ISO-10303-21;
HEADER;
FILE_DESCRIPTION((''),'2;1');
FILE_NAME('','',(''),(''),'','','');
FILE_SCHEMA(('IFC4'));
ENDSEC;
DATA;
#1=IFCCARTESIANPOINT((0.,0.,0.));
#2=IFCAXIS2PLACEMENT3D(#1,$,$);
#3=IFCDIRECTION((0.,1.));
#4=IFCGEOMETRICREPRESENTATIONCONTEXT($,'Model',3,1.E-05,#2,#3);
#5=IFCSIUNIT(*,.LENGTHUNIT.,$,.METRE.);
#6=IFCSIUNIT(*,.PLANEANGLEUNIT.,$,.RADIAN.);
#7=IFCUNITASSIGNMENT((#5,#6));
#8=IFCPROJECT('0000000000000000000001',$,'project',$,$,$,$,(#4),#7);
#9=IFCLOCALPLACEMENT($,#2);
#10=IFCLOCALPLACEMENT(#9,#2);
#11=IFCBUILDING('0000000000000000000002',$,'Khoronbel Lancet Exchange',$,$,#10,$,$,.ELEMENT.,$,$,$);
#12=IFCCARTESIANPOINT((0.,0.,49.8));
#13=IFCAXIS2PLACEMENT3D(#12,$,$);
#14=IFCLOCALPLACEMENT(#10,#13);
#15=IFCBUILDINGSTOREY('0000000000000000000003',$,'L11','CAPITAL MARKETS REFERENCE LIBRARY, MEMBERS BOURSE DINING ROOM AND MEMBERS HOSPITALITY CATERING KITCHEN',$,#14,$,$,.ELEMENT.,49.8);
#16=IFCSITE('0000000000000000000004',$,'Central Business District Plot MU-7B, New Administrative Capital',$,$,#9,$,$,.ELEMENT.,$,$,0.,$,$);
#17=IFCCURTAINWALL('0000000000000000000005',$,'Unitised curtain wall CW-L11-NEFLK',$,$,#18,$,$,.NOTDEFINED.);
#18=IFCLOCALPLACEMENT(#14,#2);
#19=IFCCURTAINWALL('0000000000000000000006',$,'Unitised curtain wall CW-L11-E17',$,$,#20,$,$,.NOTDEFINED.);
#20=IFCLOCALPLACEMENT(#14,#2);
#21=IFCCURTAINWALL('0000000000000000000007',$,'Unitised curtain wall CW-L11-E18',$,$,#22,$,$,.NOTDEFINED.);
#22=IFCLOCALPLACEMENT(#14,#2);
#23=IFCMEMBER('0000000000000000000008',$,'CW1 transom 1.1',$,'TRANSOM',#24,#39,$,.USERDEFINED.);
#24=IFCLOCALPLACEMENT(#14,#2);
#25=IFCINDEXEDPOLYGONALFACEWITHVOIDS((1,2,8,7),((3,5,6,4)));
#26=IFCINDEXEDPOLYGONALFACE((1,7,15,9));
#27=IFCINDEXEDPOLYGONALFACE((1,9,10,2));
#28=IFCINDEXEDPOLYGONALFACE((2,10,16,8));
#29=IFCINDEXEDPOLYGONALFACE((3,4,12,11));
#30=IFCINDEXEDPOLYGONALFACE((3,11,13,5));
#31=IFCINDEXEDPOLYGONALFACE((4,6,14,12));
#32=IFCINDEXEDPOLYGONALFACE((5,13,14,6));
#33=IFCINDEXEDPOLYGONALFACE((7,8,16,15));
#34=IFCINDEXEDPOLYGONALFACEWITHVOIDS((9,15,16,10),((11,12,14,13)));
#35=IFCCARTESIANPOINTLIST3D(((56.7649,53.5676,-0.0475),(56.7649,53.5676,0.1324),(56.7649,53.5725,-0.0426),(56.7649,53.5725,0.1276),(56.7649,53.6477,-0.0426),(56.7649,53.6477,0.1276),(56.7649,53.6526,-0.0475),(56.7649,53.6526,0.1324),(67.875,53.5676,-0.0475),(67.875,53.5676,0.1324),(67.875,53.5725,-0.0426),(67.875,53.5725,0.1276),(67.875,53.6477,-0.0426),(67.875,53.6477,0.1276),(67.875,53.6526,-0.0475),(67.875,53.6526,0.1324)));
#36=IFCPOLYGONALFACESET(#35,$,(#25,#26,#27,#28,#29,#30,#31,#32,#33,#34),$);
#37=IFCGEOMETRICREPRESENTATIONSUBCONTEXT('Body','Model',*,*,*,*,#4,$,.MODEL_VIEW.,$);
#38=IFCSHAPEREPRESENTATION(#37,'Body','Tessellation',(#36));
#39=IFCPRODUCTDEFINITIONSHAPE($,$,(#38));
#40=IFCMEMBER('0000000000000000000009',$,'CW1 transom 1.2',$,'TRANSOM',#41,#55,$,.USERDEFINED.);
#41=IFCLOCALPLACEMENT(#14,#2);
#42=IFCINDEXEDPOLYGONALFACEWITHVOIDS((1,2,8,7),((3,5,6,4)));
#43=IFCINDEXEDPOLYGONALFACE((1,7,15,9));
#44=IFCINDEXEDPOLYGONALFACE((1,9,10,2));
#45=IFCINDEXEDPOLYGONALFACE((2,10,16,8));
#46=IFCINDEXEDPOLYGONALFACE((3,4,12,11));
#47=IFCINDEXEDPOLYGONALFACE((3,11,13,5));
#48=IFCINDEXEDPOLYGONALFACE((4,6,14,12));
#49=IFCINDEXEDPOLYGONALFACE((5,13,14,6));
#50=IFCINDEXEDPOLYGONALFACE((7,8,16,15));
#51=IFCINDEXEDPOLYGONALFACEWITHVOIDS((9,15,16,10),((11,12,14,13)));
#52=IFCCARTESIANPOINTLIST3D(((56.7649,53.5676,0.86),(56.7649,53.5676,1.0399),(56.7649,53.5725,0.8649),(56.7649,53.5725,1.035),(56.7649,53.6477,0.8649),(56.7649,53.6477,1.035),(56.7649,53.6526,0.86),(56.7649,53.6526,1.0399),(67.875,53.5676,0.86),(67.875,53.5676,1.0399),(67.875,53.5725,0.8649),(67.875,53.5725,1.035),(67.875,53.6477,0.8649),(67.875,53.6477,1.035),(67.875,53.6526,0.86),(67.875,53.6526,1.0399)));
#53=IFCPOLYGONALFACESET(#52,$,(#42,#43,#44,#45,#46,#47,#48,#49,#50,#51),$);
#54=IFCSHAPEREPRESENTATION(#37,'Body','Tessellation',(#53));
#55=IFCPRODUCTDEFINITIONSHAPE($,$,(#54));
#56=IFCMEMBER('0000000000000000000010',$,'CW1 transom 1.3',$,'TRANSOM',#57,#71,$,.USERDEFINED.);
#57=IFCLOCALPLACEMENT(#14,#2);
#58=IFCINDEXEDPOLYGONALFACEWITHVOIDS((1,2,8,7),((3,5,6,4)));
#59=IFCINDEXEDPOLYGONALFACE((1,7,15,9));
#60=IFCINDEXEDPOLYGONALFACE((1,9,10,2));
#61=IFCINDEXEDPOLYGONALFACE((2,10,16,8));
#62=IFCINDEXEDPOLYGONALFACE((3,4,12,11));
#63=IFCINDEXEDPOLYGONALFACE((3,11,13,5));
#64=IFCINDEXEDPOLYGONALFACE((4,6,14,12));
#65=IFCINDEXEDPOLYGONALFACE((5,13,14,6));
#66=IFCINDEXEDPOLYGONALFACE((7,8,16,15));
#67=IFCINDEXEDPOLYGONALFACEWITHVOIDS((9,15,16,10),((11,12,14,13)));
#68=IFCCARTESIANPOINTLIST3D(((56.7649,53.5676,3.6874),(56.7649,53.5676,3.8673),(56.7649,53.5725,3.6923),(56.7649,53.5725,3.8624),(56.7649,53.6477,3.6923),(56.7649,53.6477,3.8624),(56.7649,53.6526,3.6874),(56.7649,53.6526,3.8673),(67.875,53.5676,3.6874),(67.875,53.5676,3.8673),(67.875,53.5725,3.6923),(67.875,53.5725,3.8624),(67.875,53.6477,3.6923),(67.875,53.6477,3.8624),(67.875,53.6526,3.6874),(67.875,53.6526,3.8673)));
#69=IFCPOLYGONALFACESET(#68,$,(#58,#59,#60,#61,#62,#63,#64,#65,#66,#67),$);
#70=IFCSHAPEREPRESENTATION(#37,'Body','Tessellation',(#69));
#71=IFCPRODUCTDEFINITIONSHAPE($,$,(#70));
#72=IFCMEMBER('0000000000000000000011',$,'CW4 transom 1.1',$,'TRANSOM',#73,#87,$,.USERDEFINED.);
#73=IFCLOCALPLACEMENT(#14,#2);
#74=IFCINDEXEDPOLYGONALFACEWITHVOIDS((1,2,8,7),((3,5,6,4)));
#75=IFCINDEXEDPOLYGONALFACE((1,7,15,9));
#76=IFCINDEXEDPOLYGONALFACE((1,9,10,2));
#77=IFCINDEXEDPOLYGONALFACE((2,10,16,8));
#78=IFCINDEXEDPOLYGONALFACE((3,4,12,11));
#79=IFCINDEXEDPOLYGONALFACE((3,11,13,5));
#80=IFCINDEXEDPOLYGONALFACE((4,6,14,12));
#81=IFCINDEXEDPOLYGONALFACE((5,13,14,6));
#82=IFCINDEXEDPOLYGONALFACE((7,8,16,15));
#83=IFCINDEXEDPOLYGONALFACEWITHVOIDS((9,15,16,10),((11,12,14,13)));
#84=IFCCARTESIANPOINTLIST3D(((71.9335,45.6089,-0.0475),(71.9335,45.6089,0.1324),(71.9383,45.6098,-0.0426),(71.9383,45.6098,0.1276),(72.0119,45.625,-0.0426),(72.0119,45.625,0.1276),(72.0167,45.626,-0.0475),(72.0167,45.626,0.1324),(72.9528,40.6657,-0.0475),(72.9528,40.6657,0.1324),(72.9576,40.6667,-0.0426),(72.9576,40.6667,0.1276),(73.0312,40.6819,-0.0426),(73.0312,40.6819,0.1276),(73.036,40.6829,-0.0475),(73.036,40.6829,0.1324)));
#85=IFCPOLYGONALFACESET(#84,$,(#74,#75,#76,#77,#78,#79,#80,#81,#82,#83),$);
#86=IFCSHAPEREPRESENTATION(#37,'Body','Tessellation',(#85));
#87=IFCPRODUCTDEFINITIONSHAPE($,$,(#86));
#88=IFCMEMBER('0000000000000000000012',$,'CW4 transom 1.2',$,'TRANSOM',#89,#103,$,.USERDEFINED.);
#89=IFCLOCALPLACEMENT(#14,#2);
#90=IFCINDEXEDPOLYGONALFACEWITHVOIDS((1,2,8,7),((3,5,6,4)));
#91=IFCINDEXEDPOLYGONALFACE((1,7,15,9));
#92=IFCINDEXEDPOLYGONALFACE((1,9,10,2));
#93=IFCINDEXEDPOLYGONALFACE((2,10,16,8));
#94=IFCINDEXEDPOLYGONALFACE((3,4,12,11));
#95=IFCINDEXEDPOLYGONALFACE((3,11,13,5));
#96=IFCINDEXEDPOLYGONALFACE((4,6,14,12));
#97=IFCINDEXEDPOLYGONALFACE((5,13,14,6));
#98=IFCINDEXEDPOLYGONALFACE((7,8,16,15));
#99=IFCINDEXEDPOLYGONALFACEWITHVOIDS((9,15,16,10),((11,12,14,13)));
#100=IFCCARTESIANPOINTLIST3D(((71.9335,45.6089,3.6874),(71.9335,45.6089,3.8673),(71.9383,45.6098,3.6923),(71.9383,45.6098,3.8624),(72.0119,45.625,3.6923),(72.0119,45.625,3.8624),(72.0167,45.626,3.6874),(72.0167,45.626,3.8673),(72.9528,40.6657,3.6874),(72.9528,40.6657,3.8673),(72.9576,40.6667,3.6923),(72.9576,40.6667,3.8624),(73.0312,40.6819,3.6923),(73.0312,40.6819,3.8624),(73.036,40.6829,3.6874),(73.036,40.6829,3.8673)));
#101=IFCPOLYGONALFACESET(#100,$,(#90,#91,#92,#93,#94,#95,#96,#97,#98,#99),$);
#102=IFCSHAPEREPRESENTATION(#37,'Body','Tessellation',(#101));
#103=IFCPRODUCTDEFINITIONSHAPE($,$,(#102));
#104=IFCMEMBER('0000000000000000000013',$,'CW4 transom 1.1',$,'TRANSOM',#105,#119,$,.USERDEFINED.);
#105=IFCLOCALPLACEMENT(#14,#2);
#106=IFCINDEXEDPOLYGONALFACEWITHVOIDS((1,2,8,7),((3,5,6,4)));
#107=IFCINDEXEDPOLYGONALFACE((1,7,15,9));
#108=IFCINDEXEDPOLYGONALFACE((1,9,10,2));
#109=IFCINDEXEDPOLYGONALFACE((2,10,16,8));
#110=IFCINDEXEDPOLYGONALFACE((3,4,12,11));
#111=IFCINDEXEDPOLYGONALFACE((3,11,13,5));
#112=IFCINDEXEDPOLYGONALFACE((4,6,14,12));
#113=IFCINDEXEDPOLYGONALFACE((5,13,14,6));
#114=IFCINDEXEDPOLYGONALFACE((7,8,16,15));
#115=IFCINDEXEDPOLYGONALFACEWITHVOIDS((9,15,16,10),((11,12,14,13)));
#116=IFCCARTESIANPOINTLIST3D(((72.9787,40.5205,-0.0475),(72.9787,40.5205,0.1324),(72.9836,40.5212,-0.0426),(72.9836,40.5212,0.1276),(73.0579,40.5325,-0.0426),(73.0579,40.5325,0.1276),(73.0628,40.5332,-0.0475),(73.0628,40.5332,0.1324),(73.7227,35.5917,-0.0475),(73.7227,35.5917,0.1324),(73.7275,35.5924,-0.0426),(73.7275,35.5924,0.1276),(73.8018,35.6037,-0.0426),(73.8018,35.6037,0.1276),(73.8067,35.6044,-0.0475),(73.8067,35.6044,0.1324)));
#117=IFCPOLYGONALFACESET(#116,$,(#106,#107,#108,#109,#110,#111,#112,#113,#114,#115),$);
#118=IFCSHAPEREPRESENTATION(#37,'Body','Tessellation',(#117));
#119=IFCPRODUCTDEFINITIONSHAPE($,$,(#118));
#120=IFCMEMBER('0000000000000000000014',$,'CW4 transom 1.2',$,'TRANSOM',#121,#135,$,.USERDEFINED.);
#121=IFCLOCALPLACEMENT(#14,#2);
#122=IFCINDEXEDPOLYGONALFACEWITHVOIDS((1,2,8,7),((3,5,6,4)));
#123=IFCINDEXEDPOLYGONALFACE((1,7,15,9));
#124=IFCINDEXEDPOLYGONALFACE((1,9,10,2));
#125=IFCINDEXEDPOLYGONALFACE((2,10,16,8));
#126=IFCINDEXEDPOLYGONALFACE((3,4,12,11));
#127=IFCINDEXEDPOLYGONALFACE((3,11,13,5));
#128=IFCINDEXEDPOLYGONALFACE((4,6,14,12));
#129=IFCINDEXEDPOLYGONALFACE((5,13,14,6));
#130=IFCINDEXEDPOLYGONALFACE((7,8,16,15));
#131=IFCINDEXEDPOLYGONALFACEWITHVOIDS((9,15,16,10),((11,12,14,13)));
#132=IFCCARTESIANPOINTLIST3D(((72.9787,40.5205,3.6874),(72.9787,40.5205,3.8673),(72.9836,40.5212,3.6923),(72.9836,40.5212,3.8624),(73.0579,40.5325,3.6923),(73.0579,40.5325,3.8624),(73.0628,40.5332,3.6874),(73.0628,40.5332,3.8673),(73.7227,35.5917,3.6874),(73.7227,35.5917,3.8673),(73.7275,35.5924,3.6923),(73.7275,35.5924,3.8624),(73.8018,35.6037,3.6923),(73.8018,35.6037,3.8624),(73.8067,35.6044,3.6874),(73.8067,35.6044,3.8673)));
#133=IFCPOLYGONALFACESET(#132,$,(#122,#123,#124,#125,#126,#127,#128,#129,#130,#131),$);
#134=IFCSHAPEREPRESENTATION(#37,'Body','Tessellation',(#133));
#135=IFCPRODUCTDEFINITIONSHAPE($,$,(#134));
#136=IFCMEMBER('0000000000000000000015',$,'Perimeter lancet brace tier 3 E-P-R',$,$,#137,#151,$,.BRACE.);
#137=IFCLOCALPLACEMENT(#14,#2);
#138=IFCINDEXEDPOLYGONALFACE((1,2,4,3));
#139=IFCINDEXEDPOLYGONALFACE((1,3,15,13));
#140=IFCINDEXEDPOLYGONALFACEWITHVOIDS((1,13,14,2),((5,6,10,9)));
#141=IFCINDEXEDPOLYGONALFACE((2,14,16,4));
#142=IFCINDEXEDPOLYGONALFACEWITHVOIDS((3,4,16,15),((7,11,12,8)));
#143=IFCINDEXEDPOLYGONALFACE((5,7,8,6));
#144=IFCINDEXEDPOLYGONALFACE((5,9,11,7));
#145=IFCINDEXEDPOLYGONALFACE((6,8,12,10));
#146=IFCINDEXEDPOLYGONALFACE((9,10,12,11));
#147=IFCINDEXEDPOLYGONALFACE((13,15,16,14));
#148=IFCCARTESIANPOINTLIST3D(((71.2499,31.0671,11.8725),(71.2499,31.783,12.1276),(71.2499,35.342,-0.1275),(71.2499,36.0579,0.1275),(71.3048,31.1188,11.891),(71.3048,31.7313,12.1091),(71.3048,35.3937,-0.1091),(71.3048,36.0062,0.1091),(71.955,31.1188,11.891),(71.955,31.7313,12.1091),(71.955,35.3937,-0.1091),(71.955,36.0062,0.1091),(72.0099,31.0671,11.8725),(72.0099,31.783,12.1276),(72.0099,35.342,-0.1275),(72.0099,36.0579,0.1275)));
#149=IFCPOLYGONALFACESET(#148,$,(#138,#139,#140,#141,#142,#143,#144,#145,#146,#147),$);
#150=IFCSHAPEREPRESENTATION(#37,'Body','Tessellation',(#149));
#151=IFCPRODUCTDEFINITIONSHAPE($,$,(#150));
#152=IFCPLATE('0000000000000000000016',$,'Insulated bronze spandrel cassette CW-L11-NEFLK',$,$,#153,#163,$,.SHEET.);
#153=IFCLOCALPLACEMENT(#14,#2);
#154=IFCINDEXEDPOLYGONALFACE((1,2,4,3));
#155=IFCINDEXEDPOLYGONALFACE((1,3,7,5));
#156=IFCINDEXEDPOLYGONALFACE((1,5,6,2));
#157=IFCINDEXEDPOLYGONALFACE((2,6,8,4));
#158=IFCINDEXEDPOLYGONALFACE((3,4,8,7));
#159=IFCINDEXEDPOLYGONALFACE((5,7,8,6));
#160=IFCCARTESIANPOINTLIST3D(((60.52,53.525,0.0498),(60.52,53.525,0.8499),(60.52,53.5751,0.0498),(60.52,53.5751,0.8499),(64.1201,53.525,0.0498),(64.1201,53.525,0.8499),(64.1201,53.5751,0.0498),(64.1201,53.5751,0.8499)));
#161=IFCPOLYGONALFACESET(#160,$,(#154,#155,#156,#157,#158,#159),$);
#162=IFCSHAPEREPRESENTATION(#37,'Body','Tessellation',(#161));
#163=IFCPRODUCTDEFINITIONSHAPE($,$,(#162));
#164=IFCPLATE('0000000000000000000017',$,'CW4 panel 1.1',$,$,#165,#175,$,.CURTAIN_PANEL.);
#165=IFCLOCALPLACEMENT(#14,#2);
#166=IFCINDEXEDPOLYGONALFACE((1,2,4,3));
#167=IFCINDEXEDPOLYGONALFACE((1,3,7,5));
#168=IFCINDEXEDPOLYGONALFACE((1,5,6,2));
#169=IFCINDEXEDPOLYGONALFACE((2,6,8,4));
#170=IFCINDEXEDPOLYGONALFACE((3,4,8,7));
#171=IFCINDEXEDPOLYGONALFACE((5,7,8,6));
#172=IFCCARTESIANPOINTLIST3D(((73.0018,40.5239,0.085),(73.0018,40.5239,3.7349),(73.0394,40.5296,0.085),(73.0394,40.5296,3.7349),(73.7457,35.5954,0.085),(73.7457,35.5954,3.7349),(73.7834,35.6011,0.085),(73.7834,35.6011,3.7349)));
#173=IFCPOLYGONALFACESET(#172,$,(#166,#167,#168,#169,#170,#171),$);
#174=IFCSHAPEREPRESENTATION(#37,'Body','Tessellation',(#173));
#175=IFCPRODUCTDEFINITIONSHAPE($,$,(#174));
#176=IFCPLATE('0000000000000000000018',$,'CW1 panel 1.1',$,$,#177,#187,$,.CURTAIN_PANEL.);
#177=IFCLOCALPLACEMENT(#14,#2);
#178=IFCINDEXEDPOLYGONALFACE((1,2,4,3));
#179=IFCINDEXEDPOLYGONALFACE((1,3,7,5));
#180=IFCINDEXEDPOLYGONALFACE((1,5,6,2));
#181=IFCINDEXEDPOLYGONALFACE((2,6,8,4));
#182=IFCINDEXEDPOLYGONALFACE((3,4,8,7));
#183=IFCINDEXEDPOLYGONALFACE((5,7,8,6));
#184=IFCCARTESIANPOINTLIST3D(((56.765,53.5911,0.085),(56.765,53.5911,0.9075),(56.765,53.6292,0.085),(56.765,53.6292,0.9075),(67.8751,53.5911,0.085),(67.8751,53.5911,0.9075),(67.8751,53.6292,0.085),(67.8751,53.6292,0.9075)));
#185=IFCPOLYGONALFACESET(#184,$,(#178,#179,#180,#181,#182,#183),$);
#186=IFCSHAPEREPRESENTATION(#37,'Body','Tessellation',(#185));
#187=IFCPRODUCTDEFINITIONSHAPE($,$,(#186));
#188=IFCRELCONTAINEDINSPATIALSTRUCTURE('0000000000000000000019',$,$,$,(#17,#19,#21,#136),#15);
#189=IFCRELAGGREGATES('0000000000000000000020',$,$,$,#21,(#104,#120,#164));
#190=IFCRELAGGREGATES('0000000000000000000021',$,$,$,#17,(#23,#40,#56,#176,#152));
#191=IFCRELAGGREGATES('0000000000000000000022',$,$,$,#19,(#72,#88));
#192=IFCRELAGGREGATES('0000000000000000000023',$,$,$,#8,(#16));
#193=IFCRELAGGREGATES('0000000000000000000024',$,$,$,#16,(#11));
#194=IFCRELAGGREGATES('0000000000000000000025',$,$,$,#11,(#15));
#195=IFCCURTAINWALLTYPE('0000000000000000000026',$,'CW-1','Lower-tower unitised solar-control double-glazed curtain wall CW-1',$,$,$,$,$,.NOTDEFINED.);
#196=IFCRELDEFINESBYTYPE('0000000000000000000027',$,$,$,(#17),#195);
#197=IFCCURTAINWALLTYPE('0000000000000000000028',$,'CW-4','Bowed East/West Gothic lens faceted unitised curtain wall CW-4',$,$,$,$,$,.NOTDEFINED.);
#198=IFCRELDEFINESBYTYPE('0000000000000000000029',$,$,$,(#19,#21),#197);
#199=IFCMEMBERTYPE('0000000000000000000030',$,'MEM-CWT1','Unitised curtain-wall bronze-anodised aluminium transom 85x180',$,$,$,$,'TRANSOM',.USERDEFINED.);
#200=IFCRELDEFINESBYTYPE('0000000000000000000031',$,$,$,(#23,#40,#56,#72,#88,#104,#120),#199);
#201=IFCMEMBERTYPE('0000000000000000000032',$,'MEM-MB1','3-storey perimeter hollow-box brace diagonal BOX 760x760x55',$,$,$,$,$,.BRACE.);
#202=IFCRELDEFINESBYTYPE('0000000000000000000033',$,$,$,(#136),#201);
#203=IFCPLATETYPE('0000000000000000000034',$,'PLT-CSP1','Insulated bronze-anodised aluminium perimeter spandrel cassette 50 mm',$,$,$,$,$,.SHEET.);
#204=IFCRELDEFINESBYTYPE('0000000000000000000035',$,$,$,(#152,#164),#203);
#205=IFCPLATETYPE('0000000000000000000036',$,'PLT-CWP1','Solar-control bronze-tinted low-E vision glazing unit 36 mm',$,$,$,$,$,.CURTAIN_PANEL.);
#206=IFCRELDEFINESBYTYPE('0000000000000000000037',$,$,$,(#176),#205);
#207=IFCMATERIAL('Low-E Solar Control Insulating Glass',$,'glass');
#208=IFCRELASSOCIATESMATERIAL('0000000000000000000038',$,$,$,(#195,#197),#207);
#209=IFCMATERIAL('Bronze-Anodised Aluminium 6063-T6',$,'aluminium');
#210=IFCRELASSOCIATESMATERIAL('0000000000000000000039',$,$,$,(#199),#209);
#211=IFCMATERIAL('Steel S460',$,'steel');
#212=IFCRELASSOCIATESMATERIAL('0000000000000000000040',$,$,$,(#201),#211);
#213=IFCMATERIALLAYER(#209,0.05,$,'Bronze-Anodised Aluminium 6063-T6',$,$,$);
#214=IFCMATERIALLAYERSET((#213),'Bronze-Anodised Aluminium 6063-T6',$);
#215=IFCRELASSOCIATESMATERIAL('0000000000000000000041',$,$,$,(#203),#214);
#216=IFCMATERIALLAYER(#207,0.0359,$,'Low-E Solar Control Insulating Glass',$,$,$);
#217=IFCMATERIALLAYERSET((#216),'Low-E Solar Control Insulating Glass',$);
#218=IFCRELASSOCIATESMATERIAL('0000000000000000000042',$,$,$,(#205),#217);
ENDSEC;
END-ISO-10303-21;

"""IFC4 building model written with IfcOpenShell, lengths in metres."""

from ifc_helpers import new_model, si_unit, direction, frame, origin, origin_2d, place, context, subcontext, project, spatial, rectangle, hollow_rectangle, extrude, material, layer, layer_set, material_profile, profile_set, type_object, element, aggregate, save


model = new_model("IFC4")

# Units and contexts
model_context = context("Model", 3, precision=1e-05, world=origin(), true_north=direction((0.0, 1.0)))
body_context = subcontext(model_context, "Body", "Model", "MODEL_VIEW")
ifc_project = project(units=[si_unit("LENGTHUNIT", "METRE"), si_unit("PLANEANGLEUNIT", "RADIAN")], contexts=[model_context])

# Site, building, storey
site_placement = place(None, origin())
site = spatial("IfcSite", under=ifc_project, at=site_placement, Name="Central Business District Plot MU-7B, New Administrative Capital", CompositionType="ELEMENT", RefElevation=0.0)
building_placement = place(site_placement, origin())
building = spatial("IfcBuilding", under=site, at=building_placement, Name="Khoronbel Lancet Exchange", CompositionType="ELEMENT")
storey_placement = place(building_placement, frame((0.0, 0.0, 49.8)))
storey = spatial("IfcBuildingStorey", under=building, at=storey_placement, Name="L11", Description="CAPITAL MARKETS REFERENCE LIBRARY, MEMBERS BOURSE DINING ROOM AND MEMBERS HOSPITALITY CATERING KITCHEN", CompositionType="ELEMENT", Elevation=49.8)

# Shared definitions
ifc_material_1 = material(Name="Steel S460", Category="steel")

# Curtain walls
ifc_material_2 = material(Name="Low-E Solar Control Insulating Glass", Category="glass")
curtain_wall_type_1 = type_object("IfcCurtainWallType", Name="CW-1", Description="Lower-tower unitised solar-control double-glazed curtain wall CW-1", PredefinedType="NOTDEFINED", material=ifc_material_2)
curtain_wall_1_placement = place(storey_placement, origin())
curtain_wall_1 = element("IfcCurtainWall", 1, at=curtain_wall_1_placement, inside=storey, type_object=curtain_wall_type_1, Name="Unitised curtain wall CW-L11-NEFLK", PredefinedType="NOTDEFINED")
ifc_material_3 = material(Name="Bronze-Anodised Aluminium 6063-T6", Category="aluminium")
curtain_wall_type_2 = type_object("IfcCurtainWallType", Name="CW-4", Description="Bowed East/West Gothic lens faceted unitised curtain wall CW-4", PredefinedType="NOTDEFINED", material=ifc_material_2)
curtain_wall_2_placement = place(storey_placement, origin())
curtain_wall_2 = element("IfcCurtainWall", 2, at=curtain_wall_2_placement, inside=storey, type_object=curtain_wall_type_2, Name="Unitised curtain wall CW-L11-E17", PredefinedType="NOTDEFINED")

# Curtain wall
curtain_wall_3_placement = place(storey_placement, origin())
curtain_wall_3 = element("IfcCurtainWall", 3, at=curtain_wall_3_placement, inside=storey, type_object=curtain_wall_type_2, Name="Unitised curtain wall CW-L11-E18", PredefinedType="NOTDEFINED")

# Members
ifc_material_profile_1 = material_profile(ifc_material_3, hollow_rectangle(XDim=0.085, YDim=0.1799, WallThickness=0.0049, at=origin_2d()), Name="ALU TRANSOM 85x180")
ifc_profile_set_1 = profile_set([ifc_material_profile_1], Name="Bronze-Anodised Aluminium 6063-T6")
member_type_1 = type_object("IfcMemberType", Name="MEM-CWT1", Description="Unitised curtain-wall bronze-anodised aluminium transom 85x180", ElementType="TRANSOM", PredefinedType="USERDEFINED", material=ifc_profile_set_1)
member_1_placement = place(storey_placement, frame((67.875, 53.6101, 0.0425), z_axis=(-1.0, 0.0, 0.0), x_axis=(0.0, -1.0, 0.0)))
member_1 = element("IfcMember", 4, at=member_1_placement, type_object=member_type_1, Name="CW1 transom 1.1", ObjectType="TRANSOM", PredefinedType="USERDEFINED", context=body_context, shape_type="SweptSolid", body=[
    extrude(hollow_rectangle(XDim=0.085, YDim=0.1799, WallThickness=0.0049, at=origin_2d()), origin(), (0.0, 0.0, 1.0), 11.1101),
])
member_2_placement = place(storey_placement, frame((67.875, 53.6101, 0.95), z_axis=(-1.0, 0.0, 0.0), x_axis=(0.0, -1.0, 0.0)))
member_2 = element("IfcMember", 5, at=member_2_placement, type_object=member_type_1, Name="CW1 transom 1.2", ObjectType="TRANSOM", PredefinedType="USERDEFINED", context=body_context, shape_type="SweptSolid", body=[
    extrude(hollow_rectangle(XDim=0.085, YDim=0.1799, WallThickness=0.0049, at=origin_2d()), origin(), (0.0, 0.0, 1.0), 11.1101),
])
member_3_placement = place(storey_placement, frame((67.875, 53.6101, 3.7773), z_axis=(-1.0, 0.0, 0.0), x_axis=(0.0, -1.0, 0.0)))
member_3 = element("IfcMember", 6, at=member_3_placement, type_object=member_type_1, Name="CW1 transom 1.3", ObjectType="TRANSOM", PredefinedType="USERDEFINED", context=body_context, shape_type="SweptSolid", body=[
    extrude(hollow_rectangle(XDim=0.085, YDim=0.1799, WallThickness=0.0049, at=origin_2d()), origin(), (0.0, 0.0, 1.0), 11.1101),
])
member_4_placement = place(storey_placement, frame((71.9751, 45.6174, 0.0425), z_axis=(0.201955, -0.979395, 0.0), x_axis=(0.979395, 0.201955, 0.0)))
member_4 = element("IfcMember", 7, at=member_4_placement, type_object=member_type_1, Name="CW4 transom 1.1", ObjectType="TRANSOM", PredefinedType="USERDEFINED", context=body_context, shape_type="SweptSolid", body=[
    extrude(hollow_rectangle(XDim=0.085, YDim=0.1799, WallThickness=0.0049, at=origin_2d()), origin(), (0.0, 0.0, 1.0), 5.0471),
])
member_5_placement = place(storey_placement, frame((71.9751, 45.6174, 3.7773), z_axis=(0.201955, -0.979395, 0.0), x_axis=(0.979395, 0.201955, 0.0)))
member_5 = element("IfcMember", 8, at=member_5_placement, type_object=member_type_1, Name="CW4 transom 1.2", ObjectType="TRANSOM", PredefinedType="USERDEFINED", context=body_context, shape_type="SweptSolid", body=[
    extrude(hollow_rectangle(XDim=0.085, YDim=0.1799, WallThickness=0.0049, at=origin_2d()), origin(), (0.0, 0.0, 1.0), 5.0471),
])
member_6_placement = place(storey_placement, frame((73.0208, 40.5269, 0.0425), z_axis=(0.149241, -0.988801, 0.0), x_axis=(0.988801, 0.149241, 0.0)))
member_6 = element("IfcMember", 9, at=member_6_placement, type_object=member_type_1, Name="CW4 transom 1.1", ObjectType="TRANSOM", PredefinedType="USERDEFINED", context=body_context, shape_type="SweptSolid", body=[
    extrude(hollow_rectangle(XDim=0.085, YDim=0.1799, WallThickness=0.0049, at=origin_2d()), origin(), (0.0, 0.0, 1.0), 4.9846),
])
member_7_placement = place(storey_placement, frame((73.0208, 40.5269, 3.7773), z_axis=(0.149241, -0.988801, 0.0), x_axis=(0.988801, 0.149241, 0.0)))
member_7 = element("IfcMember", 10, at=member_7_placement, type_object=member_type_1, Name="CW4 transom 1.2", ObjectType="TRANSOM", PredefinedType="USERDEFINED", context=body_context, shape_type="SweptSolid", body=[
    extrude(hollow_rectangle(XDim=0.085, YDim=0.1799, WallThickness=0.0049, at=origin_2d()), origin(), (0.0, 0.0, 1.0), 4.9846),
])
ifc_material_profile_2 = material_profile(ifc_material_1, hollow_rectangle(XDim=0.76, YDim=0.76, WallThickness=0.0549, at=origin_2d()), Name="BOX 760x760x55")
ifc_profile_set_2 = profile_set([ifc_material_profile_2], Name="Steel S460")
member_type_2 = type_object("IfcMemberType", Name="MEM-MB1", Description="3-storey perimeter hollow-box brace diagonal BOX 760x760x55", PredefinedType="BRACE", material=ifc_profile_set_2)
member_8_placement = place(storey_placement, frame((71.6299, 35.7, 0.0), z_axis=(0.0, -0.335584, 0.94201), x_axis=(1.0, 0.0, 0.0)))
element("IfcMember", 11, at=member_8_placement, inside=storey, type_object=member_type_2, Name="Perimeter lancet brace tier 3 E-P-R", PredefinedType="BRACE", context=body_context, shape_type="SweptSolid", body=[
    extrude(hollow_rectangle(XDim=0.76, YDim=0.76, WallThickness=0.0549, at=origin_2d()), origin(), (0.0, 0.0, 1.0), 12.7388),
])

# Plates
ifc_layer_1 = layer(ifc_material_3, 0.05, Name="Bronze-Anodised Aluminium 6063-T6")
ifc_layer_set_1 = layer_set([ifc_layer_1], Name="Bronze-Anodised Aluminium 6063-T6")
plate_type_1 = type_object("IfcPlateType", Name="PLT-CSP1", Description="Insulated bronze-anodised aluminium perimeter spandrel cassette 50 mm", PredefinedType="SHEET", material=ifc_layer_set_1)
plate_1_placement = place(storey_placement, frame((62.3201, 53.55, 0.0498), z_axis=(0.0, 0.0, 1.0), x_axis=(-1.0, 0.0, 0.0)))
plate_1 = element("IfcPlate", 12, at=plate_1_placement, type_object=plate_type_1, Name="Insulated bronze spandrel cassette CW-L11-NEFLK", PredefinedType="SHEET", context=body_context, shape_type="SweptSolid", body=[
    extrude(rectangle(XDim=3.6001, YDim=0.05, at=origin_2d()), origin(), (0.0, 0.0, 1.0), 0.8),
])
plate_2_placement = place(storey_placement, frame((73.3926, 38.0625, 0.085), z_axis=(0.0, 0.0, 1.0), x_axis=(0.149251, -0.988799, 0.0)))
plate_2 = element("IfcPlate", 13, at=plate_2_placement, type_object=plate_type_1, Name="CW4 panel 1.1", PredefinedType="CURTAIN_PANEL", context=body_context, shape_type="SweptSolid", body=[
    extrude(rectangle(XDim=4.9844, YDim=0.0381, at=origin_2d()), origin(), (0.0, 0.0, 1.0), 3.6499),
])
aggregate(curtain_wall_3, [member_6, member_7, plate_2])
ifc_layer_2 = layer(ifc_material_2, 0.0359, Name="Low-E Solar Control Insulating Glass")
ifc_layer_set_2 = layer_set([ifc_layer_2], Name="Low-E Solar Control Insulating Glass")
plate_type_2 = type_object("IfcPlateType", Name="PLT-CWP1", Description="Solar-control bronze-tinted low-E vision glazing unit 36 mm", PredefinedType="CURTAIN_PANEL", material=ifc_layer_set_2)
plate_3_placement = place(storey_placement, frame((62.3201, 53.6101, 0.085), z_axis=(0.0, 0.0, 1.0), x_axis=(-1.0, 0.0, 0.0)))
plate_3 = element("IfcPlate", 14, at=plate_3_placement, type_object=plate_type_2, Name="CW1 panel 1.1", PredefinedType="CURTAIN_PANEL", context=body_context, shape_type="SweptSolid", body=[
    extrude(rectangle(XDim=11.1101, YDim=0.0381, at=origin_2d()), origin(), (0.0, 0.0, 1.0), 0.8225),
])
aggregate(curtain_wall_1, [member_1, member_2, member_3, plate_3, plate_1])
aggregate(curtain_wall_2, [member_4, member_5])

save(model, "model.ifc")
